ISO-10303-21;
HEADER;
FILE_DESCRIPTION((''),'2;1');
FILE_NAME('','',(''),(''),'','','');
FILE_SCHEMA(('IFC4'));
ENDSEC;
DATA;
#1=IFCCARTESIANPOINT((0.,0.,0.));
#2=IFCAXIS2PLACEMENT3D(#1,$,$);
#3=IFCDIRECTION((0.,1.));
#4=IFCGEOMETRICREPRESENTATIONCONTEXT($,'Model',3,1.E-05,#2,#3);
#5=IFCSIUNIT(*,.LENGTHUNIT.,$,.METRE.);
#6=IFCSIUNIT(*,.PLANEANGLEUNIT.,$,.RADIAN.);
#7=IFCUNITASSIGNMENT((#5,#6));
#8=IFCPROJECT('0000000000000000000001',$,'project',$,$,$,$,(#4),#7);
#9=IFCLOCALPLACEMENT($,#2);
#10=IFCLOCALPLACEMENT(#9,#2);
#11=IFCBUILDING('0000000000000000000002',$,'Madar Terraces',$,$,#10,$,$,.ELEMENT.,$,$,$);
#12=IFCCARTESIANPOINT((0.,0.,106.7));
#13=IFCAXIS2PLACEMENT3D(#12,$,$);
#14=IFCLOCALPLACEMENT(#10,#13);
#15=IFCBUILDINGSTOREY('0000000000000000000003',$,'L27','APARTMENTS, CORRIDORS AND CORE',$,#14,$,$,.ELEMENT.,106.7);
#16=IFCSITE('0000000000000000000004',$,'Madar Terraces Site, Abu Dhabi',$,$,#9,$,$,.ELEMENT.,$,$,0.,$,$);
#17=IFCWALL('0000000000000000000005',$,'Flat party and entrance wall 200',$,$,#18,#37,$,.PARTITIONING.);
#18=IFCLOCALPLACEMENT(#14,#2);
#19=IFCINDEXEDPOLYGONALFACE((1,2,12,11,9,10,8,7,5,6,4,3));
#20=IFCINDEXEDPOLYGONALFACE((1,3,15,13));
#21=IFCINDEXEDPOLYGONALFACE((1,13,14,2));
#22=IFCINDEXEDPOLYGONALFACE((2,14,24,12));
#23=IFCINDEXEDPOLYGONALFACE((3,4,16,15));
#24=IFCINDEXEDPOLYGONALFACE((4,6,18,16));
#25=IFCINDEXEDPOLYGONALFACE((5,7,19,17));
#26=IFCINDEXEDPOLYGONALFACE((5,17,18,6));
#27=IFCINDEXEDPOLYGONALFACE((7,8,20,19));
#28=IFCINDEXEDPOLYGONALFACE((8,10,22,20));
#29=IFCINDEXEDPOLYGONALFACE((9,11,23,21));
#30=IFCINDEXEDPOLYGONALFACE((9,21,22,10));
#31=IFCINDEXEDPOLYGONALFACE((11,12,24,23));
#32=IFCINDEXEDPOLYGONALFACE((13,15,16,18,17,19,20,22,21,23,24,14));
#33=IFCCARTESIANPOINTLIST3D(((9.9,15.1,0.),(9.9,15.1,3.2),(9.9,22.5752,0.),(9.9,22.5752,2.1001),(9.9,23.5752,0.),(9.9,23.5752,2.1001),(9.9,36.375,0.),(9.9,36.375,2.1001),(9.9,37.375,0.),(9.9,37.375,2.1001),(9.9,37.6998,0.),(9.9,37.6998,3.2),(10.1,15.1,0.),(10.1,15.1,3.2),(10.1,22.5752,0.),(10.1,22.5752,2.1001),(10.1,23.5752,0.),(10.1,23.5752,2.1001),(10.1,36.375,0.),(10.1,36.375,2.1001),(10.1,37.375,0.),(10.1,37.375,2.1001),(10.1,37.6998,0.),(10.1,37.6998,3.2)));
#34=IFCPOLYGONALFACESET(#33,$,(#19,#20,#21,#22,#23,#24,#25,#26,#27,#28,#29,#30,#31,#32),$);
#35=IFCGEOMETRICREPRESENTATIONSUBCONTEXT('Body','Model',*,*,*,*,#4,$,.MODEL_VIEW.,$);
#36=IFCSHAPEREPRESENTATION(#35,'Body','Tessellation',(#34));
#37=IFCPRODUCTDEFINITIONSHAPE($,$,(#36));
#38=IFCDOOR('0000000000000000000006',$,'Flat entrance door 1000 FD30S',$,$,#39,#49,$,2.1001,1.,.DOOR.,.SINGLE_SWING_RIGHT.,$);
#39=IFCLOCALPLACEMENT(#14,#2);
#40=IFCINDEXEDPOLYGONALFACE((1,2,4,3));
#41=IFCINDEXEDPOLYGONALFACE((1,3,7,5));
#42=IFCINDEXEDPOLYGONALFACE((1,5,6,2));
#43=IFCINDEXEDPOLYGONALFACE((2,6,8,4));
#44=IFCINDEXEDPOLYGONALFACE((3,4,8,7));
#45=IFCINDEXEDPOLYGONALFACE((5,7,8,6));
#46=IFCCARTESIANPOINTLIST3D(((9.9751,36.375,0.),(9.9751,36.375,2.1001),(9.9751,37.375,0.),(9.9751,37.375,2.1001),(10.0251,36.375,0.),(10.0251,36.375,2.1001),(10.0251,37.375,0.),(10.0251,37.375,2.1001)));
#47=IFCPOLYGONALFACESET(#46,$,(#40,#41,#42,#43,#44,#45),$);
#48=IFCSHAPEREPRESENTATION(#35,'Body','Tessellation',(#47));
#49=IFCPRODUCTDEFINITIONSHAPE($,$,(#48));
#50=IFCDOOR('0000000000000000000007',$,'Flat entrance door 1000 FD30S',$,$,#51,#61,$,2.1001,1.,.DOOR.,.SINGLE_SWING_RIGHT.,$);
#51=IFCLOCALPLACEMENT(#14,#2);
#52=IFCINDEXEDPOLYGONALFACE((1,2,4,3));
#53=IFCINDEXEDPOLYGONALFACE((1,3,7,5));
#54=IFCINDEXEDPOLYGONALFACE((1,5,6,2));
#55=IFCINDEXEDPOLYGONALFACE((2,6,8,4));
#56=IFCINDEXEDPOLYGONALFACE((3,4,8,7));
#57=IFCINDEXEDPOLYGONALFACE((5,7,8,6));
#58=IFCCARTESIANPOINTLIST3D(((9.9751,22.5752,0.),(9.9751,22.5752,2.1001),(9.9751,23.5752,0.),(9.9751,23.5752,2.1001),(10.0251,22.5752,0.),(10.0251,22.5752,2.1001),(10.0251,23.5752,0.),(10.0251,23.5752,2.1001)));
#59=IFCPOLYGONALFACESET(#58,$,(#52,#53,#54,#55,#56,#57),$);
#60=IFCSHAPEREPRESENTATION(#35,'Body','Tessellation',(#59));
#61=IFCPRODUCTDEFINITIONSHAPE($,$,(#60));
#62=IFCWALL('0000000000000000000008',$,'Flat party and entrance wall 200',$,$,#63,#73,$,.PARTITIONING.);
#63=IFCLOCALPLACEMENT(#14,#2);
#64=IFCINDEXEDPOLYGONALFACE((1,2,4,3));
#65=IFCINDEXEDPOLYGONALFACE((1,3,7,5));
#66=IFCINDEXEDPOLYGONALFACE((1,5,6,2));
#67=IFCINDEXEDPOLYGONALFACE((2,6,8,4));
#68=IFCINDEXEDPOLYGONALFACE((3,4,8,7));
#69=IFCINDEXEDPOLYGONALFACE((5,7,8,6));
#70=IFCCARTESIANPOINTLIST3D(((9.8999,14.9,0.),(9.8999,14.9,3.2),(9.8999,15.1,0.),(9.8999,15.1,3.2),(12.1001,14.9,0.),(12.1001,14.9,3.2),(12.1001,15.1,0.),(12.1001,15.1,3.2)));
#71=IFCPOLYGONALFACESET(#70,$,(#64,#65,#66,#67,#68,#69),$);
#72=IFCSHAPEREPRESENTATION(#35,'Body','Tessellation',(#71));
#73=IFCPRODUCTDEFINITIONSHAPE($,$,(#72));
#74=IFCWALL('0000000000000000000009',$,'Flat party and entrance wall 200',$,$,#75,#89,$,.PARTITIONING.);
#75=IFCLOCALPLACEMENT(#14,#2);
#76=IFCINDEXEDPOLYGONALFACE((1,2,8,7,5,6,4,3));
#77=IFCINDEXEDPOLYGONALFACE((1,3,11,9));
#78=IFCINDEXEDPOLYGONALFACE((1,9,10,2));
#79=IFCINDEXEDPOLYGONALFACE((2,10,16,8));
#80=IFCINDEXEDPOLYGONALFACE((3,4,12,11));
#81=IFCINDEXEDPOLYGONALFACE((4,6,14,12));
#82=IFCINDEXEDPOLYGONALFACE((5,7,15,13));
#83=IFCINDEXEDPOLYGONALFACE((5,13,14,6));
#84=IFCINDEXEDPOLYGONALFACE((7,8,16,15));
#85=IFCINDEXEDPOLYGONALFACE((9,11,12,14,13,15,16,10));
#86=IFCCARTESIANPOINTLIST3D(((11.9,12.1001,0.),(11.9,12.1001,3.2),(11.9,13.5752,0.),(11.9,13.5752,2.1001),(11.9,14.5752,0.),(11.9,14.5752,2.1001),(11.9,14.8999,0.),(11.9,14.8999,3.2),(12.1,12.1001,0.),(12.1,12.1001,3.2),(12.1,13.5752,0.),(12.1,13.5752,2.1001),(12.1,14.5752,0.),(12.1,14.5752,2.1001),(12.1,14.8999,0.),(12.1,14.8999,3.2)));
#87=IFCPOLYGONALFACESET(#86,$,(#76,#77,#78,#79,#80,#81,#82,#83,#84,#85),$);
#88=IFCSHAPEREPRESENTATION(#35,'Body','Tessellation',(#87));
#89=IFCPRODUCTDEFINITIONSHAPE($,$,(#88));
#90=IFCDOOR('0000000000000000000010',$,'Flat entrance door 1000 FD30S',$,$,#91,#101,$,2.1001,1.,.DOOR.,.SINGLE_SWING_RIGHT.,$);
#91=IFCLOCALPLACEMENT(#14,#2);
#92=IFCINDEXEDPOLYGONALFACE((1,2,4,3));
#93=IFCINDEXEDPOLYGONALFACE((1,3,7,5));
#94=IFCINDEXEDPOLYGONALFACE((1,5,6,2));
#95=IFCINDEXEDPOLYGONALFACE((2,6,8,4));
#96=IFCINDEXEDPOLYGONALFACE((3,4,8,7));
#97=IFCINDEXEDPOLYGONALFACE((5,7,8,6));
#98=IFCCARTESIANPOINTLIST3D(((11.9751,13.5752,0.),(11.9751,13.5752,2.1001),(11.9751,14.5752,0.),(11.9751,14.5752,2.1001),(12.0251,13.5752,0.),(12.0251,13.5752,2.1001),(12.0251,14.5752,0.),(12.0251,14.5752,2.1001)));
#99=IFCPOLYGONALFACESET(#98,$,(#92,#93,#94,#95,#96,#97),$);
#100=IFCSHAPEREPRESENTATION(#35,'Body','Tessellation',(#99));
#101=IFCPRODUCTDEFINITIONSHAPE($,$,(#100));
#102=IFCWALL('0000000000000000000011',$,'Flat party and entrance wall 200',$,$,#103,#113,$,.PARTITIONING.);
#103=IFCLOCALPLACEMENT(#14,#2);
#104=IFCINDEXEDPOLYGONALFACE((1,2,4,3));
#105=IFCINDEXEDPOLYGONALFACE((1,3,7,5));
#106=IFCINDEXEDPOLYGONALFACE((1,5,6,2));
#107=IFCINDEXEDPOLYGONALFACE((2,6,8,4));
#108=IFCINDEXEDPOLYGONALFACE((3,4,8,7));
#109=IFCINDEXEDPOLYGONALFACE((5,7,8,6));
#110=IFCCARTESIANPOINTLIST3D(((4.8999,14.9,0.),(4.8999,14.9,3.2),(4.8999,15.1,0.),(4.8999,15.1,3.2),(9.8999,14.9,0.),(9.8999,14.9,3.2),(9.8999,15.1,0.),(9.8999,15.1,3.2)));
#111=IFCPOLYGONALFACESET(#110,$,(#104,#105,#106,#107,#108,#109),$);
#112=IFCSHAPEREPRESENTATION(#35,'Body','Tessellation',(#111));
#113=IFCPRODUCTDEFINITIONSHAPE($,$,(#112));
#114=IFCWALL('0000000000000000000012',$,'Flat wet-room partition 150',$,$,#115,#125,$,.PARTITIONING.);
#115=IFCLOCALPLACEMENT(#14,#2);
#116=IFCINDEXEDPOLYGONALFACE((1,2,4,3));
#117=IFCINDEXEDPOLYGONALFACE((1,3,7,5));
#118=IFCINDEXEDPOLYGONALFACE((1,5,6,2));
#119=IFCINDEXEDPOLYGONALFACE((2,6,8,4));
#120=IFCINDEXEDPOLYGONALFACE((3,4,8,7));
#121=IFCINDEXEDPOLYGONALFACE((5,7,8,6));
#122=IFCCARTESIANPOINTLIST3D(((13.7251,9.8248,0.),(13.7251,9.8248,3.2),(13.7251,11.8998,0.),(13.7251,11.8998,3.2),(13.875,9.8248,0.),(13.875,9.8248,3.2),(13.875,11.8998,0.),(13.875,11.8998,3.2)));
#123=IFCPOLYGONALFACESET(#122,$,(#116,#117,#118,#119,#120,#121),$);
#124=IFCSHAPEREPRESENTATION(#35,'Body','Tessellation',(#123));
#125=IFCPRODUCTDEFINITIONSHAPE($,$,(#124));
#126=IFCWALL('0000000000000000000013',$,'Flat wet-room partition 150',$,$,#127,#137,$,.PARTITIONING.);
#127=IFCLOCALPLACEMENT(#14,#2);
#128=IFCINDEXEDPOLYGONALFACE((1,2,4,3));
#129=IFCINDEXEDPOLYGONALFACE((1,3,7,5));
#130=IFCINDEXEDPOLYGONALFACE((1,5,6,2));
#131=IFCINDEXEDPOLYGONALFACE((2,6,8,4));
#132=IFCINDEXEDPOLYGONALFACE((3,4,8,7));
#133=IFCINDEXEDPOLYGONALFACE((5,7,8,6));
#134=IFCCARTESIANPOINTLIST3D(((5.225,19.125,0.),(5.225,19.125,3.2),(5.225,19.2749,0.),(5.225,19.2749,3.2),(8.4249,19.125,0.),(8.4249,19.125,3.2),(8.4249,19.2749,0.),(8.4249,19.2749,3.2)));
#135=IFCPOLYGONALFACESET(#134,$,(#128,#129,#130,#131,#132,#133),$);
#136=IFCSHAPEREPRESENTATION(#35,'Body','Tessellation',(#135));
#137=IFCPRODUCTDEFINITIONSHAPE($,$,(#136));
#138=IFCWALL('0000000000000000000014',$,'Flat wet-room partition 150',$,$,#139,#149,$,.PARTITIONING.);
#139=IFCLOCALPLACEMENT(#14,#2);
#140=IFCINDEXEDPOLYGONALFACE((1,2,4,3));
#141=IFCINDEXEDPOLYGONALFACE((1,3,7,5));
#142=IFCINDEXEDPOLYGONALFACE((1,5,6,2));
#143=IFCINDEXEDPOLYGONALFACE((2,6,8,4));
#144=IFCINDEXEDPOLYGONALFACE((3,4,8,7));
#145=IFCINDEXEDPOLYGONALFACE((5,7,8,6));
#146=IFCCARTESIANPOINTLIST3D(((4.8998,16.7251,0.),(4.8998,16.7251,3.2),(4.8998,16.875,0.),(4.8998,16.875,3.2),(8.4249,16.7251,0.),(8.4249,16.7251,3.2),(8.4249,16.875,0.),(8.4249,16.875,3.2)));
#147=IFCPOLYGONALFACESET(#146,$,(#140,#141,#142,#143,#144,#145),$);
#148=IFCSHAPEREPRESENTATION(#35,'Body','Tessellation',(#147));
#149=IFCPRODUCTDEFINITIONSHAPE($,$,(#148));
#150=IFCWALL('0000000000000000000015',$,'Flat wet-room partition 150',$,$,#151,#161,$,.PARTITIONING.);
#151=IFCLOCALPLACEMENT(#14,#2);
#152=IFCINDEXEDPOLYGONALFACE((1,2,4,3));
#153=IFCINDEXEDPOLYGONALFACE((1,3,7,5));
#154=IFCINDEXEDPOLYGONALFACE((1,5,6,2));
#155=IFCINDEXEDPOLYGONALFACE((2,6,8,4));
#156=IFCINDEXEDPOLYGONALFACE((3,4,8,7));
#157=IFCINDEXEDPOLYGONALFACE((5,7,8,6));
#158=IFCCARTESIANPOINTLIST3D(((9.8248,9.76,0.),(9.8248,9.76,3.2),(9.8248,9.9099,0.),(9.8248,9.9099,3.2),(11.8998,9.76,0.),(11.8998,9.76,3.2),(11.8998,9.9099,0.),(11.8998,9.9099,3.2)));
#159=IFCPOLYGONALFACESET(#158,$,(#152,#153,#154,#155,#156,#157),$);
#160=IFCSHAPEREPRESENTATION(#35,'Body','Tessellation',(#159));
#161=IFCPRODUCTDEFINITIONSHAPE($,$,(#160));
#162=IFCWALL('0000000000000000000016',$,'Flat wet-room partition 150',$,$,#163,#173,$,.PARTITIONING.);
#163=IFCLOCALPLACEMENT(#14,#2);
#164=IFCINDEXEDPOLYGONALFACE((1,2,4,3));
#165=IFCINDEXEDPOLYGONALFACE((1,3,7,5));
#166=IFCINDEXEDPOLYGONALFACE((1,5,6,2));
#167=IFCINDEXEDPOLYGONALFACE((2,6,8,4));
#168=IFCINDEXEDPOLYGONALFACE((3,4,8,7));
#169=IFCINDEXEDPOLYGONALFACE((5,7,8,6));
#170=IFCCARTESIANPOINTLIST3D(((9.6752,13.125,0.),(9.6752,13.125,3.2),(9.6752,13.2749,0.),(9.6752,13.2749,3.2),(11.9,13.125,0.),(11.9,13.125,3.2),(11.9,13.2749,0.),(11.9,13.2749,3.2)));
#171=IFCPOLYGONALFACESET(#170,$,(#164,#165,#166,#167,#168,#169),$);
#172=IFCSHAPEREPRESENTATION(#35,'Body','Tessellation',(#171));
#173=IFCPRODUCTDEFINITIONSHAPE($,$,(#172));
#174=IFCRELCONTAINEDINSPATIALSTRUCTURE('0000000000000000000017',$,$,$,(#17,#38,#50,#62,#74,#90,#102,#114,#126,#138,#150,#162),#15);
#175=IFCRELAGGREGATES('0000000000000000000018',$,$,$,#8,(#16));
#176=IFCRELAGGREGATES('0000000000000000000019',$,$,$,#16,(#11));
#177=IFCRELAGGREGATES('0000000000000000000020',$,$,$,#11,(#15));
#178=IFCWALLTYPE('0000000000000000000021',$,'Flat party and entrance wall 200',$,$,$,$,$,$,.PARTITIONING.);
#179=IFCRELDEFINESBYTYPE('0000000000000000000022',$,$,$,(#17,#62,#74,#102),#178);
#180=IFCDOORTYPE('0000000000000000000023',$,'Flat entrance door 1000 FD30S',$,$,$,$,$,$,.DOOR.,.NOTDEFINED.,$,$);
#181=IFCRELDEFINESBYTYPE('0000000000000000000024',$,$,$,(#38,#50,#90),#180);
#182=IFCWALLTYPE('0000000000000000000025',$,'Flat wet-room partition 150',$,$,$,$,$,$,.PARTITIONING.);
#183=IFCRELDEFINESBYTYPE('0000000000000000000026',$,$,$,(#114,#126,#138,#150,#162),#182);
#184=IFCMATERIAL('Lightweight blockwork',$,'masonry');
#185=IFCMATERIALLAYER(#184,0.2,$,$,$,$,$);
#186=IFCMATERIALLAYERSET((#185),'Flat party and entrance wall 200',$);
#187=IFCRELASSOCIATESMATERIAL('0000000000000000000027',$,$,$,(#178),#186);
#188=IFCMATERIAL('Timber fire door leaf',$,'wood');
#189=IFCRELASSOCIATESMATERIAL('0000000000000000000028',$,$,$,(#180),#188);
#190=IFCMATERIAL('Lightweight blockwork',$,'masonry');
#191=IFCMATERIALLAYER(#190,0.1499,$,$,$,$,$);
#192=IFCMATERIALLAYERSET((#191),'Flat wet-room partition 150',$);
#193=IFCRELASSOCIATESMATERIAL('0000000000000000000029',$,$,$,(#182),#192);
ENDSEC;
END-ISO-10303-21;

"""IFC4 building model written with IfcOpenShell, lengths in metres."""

from ifc_helpers import new_model, si_unit, direction, frame, frame_2d, origin, place, context, subcontext, project, spatial, rectangle, extrude, material, layer, layer_set, type_object, element, fill, save


model = new_model("IFC4")

# Units and contexts
model_context = context("Model", 3, precision=1e-05, world=origin(), true_north=direction((0.0, 1.0)))
body_context = subcontext(model_context, "Body", "Model", "MODEL_VIEW")
ifc_project = project(units=[si_unit("LENGTHUNIT", "METRE"), si_unit("PLANEANGLEUNIT", "RADIAN")], contexts=[model_context])

# Site, building, storey
site_placement = place(None, origin())
site = spatial("IfcSite", under=ifc_project, at=site_placement, Name="Madar Terraces Site, Abu Dhabi", CompositionType="ELEMENT", RefElevation=0.0)
building_placement = place(site_placement, origin())
building = spatial("IfcBuilding", under=site, at=building_placement, Name="Madar Terraces", CompositionType="ELEMENT")
storey_placement = place(building_placement, frame((0.0, 0.0, 106.7)))
storey = spatial("IfcBuildingStorey", under=building, at=storey_placement, Name="L27", Description="APARTMENTS, CORRIDORS AND CORE", CompositionType="ELEMENT", Elevation=106.7)

# Wall, openings, doors
ifc_material_1 = material(Name="Lightweight blockwork", Category="masonry")
ifc_layer_1 = layer(ifc_material_1, 0.2)
ifc_layer_set_1 = layer_set([ifc_layer_1], Name="Flat party and entrance wall 200")
wall_type_1 = type_object("IfcWallType", Name="Flat party and entrance wall 200", PredefinedType="PARTITIONING", material=ifc_layer_set_1)
wall_1_placement = place(storey_placement, frame((10.0, 15.1001, 0.0), z_axis=(0.0, 0.0, 1.0), x_axis=(0.0, 1.0, 0.0)))
wall_1 = element("IfcWall", 1, at=wall_1_placement, inside=storey, type_object=wall_type_1, Name="Flat party and entrance wall 200", PredefinedType="PARTITIONING", context=body_context, shape_type="SweptSolid", body=[
    extrude(rectangle(XDim=22.5999, YDim=0.2, at=frame_2d((11.2998, 0.0))), origin(), (0.0, 0.0, 1.0), 3.2),
])
opening_1_placement = place(wall_1_placement, frame((21.2749, 0.0, 0.0)))
opening_1 = element("IfcOpeningElement", 2, at=opening_1_placement, cuts=wall_1, PredefinedType="OPENING", context=body_context, shape_type="SweptSolid", body=[
    extrude(rectangle(XDim=1.0, YDim=2.1001, at=frame_2d((0.5, 1.05))), frame((0.0, 0.1099, 0.0), z_axis=(0.0, -1.0, 0.0), x_axis=(1.0, 0.0, 0.0)), (0.0, 0.0, 1.0), 0.22),
])
opening_2_placement = place(wall_1_placement, frame((7.4751, 0.0, 0.0)))
opening_2 = element("IfcOpeningElement", 3, at=opening_2_placement, cuts=wall_1, PredefinedType="OPENING", context=body_context, shape_type="SweptSolid", body=[
    extrude(rectangle(XDim=1.0, YDim=2.1001, at=frame_2d((0.5, 1.05))), frame((0.0, 0.1099, 0.0), z_axis=(0.0, -1.0, 0.0), x_axis=(1.0, 0.0, 0.0)), (0.0, 0.0, 1.0), 0.22),
])
ifc_material_2 = material(Name="Timber fire door leaf", Category="wood")
door_type_1 = type_object("IfcDoorType", Name="Flat entrance door 1000 FD30S", OperationType="NOTDEFINED", PredefinedType="DOOR", material=ifc_material_2)
door_1_placement = place(opening_1_placement, origin())
door_1 = element("IfcDoor", 4, at=door_1_placement, inside=storey, type_object=door_type_1, Name="Flat entrance door 1000 FD30S", OperationType="SINGLE_SWING_RIGHT", OverallHeight=2.1001, OverallWidth=1.0, PredefinedType="DOOR", context=body_context, shape_type="SweptSolid", body=[
    extrude(rectangle(XDim=1.0, YDim=2.1001, at=frame_2d((0.5, 1.05))), frame((0.0, 0.0249, 0.0), z_axis=(0.0, -1.0, 0.0), x_axis=(1.0, 0.0, 0.0)), (0.0, 0.0, 1.0), 0.05),
])
fill(opening_1, door_1)
door_2_placement = place(opening_2_placement, origin())
door_2 = element("IfcDoor", 5, at=door_2_placement, inside=storey, type_object=door_type_1, Name="Flat entrance door 1000 FD30S", OperationType="SINGLE_SWING_RIGHT", OverallHeight=2.1001, OverallWidth=1.0, PredefinedType="DOOR", context=body_context, shape_type="SweptSolid", body=[
    extrude(rectangle(XDim=1.0, YDim=2.1001, at=frame_2d((0.5, 1.05))), frame((0.0, 0.0249, 0.0), z_axis=(0.0, -1.0, 0.0), x_axis=(1.0, 0.0, 0.0)), (0.0, 0.0, 1.0), 0.05),
])
fill(opening_2, door_2)

# Wall
wall_2_placement = place(storey_placement, frame((9.8999, 15.0, 0.0), z_axis=(0.0, 0.0, 1.0), x_axis=(1.0, 0.0, 0.0)))
element("IfcWall", 6, at=wall_2_placement, inside=storey, type_object=wall_type_1, Name="Flat party and entrance wall 200", PredefinedType="PARTITIONING", context=body_context, shape_type="SweptSolid", body=[
    extrude(rectangle(XDim=2.2002, YDim=0.2, at=frame_2d((1.1001, 0.0))), origin(), (0.0, 0.0, 1.0), 3.2),
])

# Wall, opening, door
wall_3_placement = place(storey_placement, frame((12.0, 12.1001, 0.0), z_axis=(0.0, 0.0, 1.0), x_axis=(0.0, 1.0, 0.0)))
wall_3 = element("IfcWall", 7, at=wall_3_placement, inside=storey, type_object=wall_type_1, Name="Flat party and entrance wall 200", PredefinedType="PARTITIONING", context=body_context, shape_type="SweptSolid", body=[
    extrude(rectangle(XDim=2.7998, YDim=0.2, at=frame_2d((1.3999, 0.0))), origin(), (0.0, 0.0, 1.0), 3.2),
])
opening_3_placement = place(wall_3_placement, frame((1.4751, 0.0, 0.0)))
opening_3 = element("IfcOpeningElement", 8, at=opening_3_placement, cuts=wall_3, PredefinedType="OPENING", context=body_context, shape_type="SweptSolid", body=[
    extrude(rectangle(XDim=1.0, YDim=2.1001, at=frame_2d((0.5, 1.05))), frame((0.0, 0.1099, 0.0), z_axis=(0.0, -1.0, 0.0), x_axis=(1.0, 0.0, 0.0)), (0.0, 0.0, 1.0), 0.22),
])
door_3_placement = place(opening_3_placement, origin())
door_3 = element("IfcDoor", 9, at=door_3_placement, inside=storey, type_object=door_type_1, Name="Flat entrance door 1000 FD30S", OperationType="SINGLE_SWING_RIGHT", OverallHeight=2.1001, OverallWidth=1.0, PredefinedType="DOOR", context=body_context, shape_type="SweptSolid", body=[
    extrude(rectangle(XDim=1.0, YDim=2.1001, at=frame_2d((0.5, 1.05))), frame((0.0, 0.0249, 0.0), z_axis=(0.0, -1.0, 0.0), x_axis=(1.0, 0.0, 0.0)), (0.0, 0.0, 1.0), 0.05),
])
fill(opening_3, door_3)

# Walls
wall_4_placement = place(storey_placement, frame((4.8999, 15.0, 0.0), z_axis=(0.0, 0.0, 1.0), x_axis=(1.0, 0.0, 0.0)))
element("IfcWall", 10, at=wall_4_placement, inside=storey, type_object=wall_type_1, Name="Flat party and entrance wall 200", PredefinedType="PARTITIONING", context=body_context, shape_type="SweptSolid", body=[
    extrude(rectangle(XDim=5.0, YDim=0.2, at=frame_2d((2.5, 0.0))), origin(), (0.0, 0.0, 1.0), 3.2),
])
ifc_material_3 = material(Name="Lightweight blockwork", Category="masonry")
ifc_layer_2 = layer(ifc_material_3, 0.1499)
ifc_layer_set_2 = layer_set([ifc_layer_2], Name="Flat wet-room partition 150")
wall_type_2 = type_object("IfcWallType", Name="Flat wet-room partition 150", PredefinedType="PARTITIONING", material=ifc_layer_set_2)
wall_5_placement = place(storey_placement, frame((13.8, 11.8999, 0.0), z_axis=(0.0, 0.0, 1.0), x_axis=(0.0, -1.0, 0.0)))
element("IfcWall", 11, at=wall_5_placement, inside=storey, type_object=wall_type_2, Name="Flat wet-room partition 150", PredefinedType="PARTITIONING", context=body_context, shape_type="SweptSolid", body=[
    extrude(rectangle(XDim=2.075, YDim=0.1499, at=frame_2d((1.0376, 0.0))), origin(), (0.0, 0.0, 1.0), 3.2),
])
wall_6_placement = place(storey_placement, frame((8.425, 19.2, 0.0), z_axis=(0.0, 0.0, 1.0), x_axis=(-1.0, 0.0, 0.0)))
element("IfcWall", 12, at=wall_6_placement, inside=storey, type_object=wall_type_2, Name="Flat wet-room partition 150", PredefinedType="PARTITIONING", context=body_context, shape_type="SweptSolid", body=[
    extrude(rectangle(XDim=3.2, YDim=0.1499, at=frame_2d((1.6001, 0.0))), origin(), (0.0, 0.0, 1.0), 3.2),
])
wall_7_placement = place(storey_placement, frame((8.425, 16.8, 0.0), z_axis=(0.0, 0.0, 1.0), x_axis=(-1.0, 0.0, 0.0)))
element("IfcWall", 13, at=wall_7_placement, inside=storey, type_object=wall_type_2, Name="Flat wet-room partition 150", PredefinedType="PARTITIONING", context=body_context, shape_type="SweptSolid", body=[
    extrude(rectangle(XDim=3.5251, YDim=0.1499, at=frame_2d((1.7627, 0.0))), origin(), (0.0, 0.0, 1.0), 3.2),
])
wall_8_placement = place(storey_placement, frame((11.8999, 9.835, 0.0), z_axis=(0.0, 0.0, 1.0), x_axis=(-1.0, 0.0, 0.0)))
element("IfcWall", 14, at=wall_8_placement, inside=storey, type_object=wall_type_2, Name="Flat wet-room partition 150", PredefinedType="PARTITIONING", context=body_context, shape_type="SweptSolid", body=[
    extrude(rectangle(XDim=2.075, YDim=0.1499, at=frame_2d((1.0376, 0.0))), origin(), (0.0, 0.0, 1.0), 3.2),
])
wall_9_placement = place(storey_placement, frame((11.8999, 13.2, 0.0), z_axis=(0.0, 0.0, 1.0), x_axis=(-1.0, 0.0, 0.0)))
element("IfcWall", 15, at=wall_9_placement, inside=storey, type_object=wall_type_2, Name="Flat wet-room partition 150", PredefinedType="PARTITIONING", context=body_context, shape_type="SweptSolid", body=[
    extrude(rectangle(XDim=2.2249, YDim=0.1499, at=frame_2d((1.1123, 0.0))), origin(), (0.0, 0.0, 1.0), 3.2),
])

save(model, "model.ifc")
